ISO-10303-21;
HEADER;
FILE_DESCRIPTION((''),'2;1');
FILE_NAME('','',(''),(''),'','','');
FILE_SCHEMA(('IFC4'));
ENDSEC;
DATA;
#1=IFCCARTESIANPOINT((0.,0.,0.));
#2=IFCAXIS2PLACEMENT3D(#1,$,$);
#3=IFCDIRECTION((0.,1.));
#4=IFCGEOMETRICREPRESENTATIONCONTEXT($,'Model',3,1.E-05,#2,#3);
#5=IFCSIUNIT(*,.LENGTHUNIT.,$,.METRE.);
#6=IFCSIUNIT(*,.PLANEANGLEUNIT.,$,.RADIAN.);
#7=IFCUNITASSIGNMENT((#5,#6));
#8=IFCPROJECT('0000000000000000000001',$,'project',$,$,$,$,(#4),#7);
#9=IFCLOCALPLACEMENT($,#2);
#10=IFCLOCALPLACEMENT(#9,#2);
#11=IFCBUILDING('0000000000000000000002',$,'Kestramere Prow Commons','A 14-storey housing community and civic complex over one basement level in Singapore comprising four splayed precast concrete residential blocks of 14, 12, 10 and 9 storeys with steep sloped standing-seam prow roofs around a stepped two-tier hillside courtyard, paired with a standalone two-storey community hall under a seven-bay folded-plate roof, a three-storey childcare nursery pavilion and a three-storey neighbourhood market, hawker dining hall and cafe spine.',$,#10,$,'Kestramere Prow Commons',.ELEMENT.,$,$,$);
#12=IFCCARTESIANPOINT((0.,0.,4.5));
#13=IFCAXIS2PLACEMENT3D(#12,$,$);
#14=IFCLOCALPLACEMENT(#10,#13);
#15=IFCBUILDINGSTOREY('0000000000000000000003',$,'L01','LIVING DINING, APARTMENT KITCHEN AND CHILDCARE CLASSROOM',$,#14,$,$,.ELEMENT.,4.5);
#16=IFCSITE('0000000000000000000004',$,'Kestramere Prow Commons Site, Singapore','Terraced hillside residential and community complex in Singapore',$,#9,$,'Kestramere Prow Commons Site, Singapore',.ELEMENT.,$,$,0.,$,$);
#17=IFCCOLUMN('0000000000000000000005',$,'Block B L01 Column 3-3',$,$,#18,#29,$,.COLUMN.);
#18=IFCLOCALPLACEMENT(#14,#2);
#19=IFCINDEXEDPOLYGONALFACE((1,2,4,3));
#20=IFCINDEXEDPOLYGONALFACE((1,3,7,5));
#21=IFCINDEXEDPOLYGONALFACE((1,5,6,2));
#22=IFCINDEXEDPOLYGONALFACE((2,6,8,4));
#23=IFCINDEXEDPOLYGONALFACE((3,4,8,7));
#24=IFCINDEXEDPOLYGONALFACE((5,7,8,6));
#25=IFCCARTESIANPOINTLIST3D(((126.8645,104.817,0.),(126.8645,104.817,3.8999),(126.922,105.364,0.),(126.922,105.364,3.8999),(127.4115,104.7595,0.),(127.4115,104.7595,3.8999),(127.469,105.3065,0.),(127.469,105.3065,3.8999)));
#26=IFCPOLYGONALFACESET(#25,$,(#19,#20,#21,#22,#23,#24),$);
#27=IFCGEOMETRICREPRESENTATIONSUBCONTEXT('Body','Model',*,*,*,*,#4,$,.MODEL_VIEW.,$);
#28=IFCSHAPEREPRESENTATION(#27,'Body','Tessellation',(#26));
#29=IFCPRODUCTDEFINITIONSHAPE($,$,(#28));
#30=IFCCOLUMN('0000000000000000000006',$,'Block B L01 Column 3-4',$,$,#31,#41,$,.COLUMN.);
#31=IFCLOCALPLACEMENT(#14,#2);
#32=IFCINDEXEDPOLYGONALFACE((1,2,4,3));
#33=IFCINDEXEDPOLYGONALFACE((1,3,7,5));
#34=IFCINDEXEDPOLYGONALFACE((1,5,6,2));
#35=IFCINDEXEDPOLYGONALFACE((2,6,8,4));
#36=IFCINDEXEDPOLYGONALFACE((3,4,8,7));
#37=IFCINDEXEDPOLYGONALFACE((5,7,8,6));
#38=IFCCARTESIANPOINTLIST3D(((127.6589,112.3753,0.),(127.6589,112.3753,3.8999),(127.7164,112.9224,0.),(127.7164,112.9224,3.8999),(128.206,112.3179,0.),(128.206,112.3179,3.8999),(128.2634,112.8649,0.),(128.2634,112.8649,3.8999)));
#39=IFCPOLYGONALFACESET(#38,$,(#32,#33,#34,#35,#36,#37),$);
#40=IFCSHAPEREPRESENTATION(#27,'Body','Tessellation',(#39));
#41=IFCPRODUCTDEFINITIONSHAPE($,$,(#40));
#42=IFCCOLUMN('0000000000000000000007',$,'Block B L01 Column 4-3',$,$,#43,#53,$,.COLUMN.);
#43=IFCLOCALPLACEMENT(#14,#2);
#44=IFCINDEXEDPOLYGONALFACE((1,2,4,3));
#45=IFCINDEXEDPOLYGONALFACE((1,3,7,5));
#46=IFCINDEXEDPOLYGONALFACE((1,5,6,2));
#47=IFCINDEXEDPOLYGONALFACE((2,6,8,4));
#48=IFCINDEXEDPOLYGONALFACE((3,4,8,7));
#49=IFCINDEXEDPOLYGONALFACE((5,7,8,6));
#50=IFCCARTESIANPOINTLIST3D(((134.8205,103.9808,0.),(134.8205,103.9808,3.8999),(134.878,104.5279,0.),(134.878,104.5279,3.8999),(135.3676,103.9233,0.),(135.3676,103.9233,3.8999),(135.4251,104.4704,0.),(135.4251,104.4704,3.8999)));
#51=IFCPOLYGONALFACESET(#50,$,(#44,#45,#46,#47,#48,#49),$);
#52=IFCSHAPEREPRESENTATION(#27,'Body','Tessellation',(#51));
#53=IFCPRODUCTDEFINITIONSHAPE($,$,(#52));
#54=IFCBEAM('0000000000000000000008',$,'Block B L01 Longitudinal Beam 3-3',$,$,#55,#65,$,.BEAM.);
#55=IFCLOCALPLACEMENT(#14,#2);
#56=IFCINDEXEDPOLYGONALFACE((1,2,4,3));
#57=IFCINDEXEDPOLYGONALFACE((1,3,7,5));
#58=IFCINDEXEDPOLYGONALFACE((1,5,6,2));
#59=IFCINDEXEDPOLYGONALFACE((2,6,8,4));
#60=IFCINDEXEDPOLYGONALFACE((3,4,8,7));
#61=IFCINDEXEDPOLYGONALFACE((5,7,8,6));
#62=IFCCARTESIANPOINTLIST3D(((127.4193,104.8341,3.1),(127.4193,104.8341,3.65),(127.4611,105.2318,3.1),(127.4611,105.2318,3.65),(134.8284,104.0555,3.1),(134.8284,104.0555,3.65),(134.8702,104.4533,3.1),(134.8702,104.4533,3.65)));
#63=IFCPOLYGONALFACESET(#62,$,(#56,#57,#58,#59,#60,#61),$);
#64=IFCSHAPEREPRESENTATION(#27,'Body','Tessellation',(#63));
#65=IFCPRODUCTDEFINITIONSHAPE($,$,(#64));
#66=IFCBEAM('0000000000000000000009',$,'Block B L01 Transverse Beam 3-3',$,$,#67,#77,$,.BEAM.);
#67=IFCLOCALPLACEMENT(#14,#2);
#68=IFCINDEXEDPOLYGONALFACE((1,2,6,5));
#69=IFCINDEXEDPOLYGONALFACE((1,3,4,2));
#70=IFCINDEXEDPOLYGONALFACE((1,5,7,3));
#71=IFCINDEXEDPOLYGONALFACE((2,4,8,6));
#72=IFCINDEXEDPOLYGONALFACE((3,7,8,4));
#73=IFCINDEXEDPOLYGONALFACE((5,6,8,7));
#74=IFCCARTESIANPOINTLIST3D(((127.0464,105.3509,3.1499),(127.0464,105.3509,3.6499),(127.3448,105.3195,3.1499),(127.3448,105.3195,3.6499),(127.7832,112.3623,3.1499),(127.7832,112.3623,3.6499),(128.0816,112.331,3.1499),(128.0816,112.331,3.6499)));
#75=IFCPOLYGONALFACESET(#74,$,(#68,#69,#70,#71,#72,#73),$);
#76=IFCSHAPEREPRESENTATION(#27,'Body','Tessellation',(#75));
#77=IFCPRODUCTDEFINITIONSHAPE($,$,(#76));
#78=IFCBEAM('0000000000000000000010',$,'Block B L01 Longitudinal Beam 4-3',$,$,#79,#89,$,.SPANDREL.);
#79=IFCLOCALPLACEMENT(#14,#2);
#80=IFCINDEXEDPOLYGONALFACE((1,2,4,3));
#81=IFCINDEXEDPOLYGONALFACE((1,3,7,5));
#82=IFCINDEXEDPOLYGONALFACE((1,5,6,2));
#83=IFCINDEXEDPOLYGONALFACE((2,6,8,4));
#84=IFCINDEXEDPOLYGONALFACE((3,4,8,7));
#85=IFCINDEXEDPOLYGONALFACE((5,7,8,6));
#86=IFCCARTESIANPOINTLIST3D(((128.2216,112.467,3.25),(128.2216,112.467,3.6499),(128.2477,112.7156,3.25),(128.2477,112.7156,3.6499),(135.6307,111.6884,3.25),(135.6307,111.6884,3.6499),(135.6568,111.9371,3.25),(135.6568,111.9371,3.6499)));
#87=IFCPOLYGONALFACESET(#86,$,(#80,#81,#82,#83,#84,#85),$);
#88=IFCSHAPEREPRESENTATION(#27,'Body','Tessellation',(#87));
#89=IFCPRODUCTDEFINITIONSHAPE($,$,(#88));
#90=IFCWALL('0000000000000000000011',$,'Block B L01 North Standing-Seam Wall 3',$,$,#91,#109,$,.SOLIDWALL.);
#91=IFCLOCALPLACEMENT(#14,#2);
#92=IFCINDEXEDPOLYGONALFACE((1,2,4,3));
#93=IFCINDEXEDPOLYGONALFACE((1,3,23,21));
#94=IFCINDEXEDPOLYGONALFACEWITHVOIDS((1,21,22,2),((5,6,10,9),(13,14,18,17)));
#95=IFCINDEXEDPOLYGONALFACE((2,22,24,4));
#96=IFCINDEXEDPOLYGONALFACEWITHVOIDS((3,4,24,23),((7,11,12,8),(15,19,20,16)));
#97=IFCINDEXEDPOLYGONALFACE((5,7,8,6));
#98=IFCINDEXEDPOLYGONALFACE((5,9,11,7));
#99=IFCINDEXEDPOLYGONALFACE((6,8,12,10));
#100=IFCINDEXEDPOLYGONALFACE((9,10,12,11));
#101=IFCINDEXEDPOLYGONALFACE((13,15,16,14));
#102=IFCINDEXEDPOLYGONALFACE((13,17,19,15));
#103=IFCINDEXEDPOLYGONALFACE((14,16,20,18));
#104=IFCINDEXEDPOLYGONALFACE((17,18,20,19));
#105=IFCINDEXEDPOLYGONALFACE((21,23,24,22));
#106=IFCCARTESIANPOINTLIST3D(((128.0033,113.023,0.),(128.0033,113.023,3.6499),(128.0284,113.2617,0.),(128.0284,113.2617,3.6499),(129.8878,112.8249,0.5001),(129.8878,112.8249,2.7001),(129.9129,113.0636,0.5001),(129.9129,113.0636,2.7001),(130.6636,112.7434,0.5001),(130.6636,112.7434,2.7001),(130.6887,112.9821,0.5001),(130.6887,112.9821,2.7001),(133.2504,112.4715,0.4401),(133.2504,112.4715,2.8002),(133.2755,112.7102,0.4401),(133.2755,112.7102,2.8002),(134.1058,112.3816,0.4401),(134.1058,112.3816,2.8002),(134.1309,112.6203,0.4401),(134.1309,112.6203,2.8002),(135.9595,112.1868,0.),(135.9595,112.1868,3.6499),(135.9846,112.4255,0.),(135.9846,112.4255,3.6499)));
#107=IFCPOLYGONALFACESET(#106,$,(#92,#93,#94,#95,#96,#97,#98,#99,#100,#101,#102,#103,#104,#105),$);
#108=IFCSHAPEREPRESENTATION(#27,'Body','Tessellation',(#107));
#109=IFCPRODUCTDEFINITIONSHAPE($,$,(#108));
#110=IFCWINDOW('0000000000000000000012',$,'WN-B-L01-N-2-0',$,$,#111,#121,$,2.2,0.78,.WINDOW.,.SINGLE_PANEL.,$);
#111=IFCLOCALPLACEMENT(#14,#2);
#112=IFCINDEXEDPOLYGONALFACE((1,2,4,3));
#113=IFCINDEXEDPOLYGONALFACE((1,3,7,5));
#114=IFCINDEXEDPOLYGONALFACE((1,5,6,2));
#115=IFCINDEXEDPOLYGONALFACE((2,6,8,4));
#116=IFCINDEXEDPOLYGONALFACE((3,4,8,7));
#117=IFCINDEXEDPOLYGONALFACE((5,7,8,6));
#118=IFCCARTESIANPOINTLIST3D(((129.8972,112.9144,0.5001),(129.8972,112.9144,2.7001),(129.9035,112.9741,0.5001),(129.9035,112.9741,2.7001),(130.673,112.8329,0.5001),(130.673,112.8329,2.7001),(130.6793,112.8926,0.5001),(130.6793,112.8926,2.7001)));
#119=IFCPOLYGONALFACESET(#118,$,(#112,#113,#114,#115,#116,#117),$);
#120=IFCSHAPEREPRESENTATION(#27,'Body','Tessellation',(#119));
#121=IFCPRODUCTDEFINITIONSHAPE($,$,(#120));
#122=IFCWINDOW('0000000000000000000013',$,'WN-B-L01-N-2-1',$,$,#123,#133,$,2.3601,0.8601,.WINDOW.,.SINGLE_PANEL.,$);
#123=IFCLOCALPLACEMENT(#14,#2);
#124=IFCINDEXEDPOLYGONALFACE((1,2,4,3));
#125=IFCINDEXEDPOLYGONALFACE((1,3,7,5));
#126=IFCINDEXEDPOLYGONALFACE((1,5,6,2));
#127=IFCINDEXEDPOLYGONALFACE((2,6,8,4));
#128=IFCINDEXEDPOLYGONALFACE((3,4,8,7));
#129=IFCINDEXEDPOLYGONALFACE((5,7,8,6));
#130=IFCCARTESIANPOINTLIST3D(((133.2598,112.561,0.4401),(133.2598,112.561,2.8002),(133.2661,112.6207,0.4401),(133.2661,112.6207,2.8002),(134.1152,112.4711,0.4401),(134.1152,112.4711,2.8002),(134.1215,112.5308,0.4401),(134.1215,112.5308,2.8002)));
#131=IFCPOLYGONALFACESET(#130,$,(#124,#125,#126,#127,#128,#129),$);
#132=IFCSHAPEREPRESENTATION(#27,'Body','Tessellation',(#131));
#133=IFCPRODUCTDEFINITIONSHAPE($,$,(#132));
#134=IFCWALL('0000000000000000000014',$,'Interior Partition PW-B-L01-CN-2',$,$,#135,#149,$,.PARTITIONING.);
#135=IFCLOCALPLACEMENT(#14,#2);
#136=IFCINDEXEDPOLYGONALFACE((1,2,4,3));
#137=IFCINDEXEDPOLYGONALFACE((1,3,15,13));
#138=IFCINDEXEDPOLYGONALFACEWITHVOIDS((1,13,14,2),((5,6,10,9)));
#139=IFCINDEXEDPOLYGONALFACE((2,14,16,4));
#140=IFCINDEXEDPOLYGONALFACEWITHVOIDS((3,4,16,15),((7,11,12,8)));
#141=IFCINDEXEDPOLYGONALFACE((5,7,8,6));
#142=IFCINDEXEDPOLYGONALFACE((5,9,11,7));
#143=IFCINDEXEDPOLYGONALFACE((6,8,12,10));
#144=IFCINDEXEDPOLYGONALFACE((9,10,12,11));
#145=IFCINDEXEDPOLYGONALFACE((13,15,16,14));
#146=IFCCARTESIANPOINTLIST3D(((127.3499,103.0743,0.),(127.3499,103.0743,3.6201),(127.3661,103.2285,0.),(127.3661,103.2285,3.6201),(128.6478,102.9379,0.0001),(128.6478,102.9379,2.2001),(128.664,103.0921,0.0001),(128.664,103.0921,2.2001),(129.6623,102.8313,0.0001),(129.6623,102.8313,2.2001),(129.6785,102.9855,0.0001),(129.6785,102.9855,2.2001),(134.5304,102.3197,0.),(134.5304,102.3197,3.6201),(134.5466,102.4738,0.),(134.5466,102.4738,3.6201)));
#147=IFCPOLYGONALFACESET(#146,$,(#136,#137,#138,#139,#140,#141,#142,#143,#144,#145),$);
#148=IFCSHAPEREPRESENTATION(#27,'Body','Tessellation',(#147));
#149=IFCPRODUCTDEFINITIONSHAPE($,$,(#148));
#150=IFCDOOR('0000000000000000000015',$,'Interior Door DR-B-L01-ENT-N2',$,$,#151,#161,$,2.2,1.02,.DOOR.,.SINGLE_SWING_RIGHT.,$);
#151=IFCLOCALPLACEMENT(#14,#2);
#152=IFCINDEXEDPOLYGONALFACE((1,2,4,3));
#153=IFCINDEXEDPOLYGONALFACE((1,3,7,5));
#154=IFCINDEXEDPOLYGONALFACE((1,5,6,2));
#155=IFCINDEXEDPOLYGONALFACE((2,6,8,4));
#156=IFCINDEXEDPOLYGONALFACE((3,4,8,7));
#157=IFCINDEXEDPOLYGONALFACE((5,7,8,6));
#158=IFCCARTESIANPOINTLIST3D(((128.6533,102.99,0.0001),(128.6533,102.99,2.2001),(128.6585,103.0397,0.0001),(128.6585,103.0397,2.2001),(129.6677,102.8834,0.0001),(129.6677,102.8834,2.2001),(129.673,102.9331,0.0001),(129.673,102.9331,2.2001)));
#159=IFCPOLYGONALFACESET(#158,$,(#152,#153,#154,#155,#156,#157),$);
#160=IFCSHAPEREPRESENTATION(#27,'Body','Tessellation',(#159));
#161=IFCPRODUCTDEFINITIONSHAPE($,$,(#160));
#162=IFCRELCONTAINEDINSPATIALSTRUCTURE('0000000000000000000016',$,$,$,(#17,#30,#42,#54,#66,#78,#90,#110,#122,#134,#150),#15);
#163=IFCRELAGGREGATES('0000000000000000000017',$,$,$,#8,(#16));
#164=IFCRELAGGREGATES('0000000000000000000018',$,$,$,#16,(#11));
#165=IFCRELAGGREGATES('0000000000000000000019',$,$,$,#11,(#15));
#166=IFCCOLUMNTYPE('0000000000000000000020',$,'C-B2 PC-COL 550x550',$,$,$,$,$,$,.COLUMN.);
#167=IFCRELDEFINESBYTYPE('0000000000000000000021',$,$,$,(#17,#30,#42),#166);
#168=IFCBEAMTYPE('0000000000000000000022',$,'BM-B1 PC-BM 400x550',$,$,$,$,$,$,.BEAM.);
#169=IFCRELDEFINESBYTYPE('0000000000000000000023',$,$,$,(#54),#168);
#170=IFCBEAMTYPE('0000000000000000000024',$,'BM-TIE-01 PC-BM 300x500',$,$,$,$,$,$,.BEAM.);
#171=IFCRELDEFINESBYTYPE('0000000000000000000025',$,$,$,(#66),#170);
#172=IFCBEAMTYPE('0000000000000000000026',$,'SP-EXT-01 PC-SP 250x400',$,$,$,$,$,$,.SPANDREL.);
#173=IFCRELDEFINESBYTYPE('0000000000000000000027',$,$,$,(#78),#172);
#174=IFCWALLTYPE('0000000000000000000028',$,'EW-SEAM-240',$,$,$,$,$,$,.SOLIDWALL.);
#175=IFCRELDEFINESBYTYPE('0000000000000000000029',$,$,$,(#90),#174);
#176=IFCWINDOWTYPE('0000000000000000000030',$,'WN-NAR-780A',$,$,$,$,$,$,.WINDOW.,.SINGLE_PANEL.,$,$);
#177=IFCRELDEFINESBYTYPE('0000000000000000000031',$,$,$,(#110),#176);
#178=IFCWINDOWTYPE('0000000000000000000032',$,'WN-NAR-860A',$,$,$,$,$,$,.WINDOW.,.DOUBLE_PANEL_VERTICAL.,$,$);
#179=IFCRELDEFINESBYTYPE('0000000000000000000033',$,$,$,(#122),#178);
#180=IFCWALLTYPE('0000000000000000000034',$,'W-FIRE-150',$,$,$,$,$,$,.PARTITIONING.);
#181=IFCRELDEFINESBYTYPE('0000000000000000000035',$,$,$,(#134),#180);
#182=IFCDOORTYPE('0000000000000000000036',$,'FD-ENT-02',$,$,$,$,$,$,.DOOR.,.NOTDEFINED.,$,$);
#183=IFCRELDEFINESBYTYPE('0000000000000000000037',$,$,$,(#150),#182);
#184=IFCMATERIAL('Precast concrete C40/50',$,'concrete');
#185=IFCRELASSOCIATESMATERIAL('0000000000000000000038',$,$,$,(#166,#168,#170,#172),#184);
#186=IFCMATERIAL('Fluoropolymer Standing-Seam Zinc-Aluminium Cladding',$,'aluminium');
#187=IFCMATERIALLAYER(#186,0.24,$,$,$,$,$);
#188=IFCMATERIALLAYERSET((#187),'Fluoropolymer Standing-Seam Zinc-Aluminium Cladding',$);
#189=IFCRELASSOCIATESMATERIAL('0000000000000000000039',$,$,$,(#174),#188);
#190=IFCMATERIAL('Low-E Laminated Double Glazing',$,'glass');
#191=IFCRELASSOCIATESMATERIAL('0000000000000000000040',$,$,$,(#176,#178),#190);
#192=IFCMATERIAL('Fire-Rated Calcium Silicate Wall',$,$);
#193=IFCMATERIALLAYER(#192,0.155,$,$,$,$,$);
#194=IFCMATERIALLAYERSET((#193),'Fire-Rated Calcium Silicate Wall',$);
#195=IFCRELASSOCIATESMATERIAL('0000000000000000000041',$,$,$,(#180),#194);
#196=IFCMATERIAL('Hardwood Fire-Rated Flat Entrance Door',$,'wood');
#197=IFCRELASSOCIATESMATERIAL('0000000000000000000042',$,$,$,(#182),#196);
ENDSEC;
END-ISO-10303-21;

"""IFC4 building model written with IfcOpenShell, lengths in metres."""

from ifc_helpers import new_model, si_unit, direction, frame, frame_2d, origin, origin_2d, place, context, subcontext, project, spatial, rectangle, extrude, material, layer, layer_set, material_profile, profile_set, type_object, element, fill, save


model = new_model("IFC4")

# Units and contexts
model_context = context("Model", 3, precision=1e-05, world=origin(), true_north=direction((0.0, 1.0)))
body_context = subcontext(model_context, "Body", "Model", "MODEL_VIEW")
ifc_project = project(units=[si_unit("LENGTHUNIT", "METRE"), si_unit("PLANEANGLEUNIT", "RADIAN")], contexts=[model_context])

# Site, building, storey
site_placement = place(None, origin())
site = spatial("IfcSite", under=ifc_project, at=site_placement, Name="Kestramere Prow Commons Site, Singapore", Description="Terraced hillside residential and community complex in Singapore", LongName="Kestramere Prow Commons Site, Singapore", CompositionType="ELEMENT", RefElevation=0.0)
building_placement = place(site_placement, origin())
building = spatial("IfcBuilding", under=site, at=building_placement, Name="Kestramere Prow Commons", Description="A 14-storey housing community and civic complex over one basement level in Singapore comprising four splayed precast concrete residential blocks of 14, 12, 10 and 9 storeys with steep sloped standing-seam prow roofs around a stepped two-tier hillside courtyard, paired with a standalone two-storey community hall under a seven-bay folded-plate roof, a three-storey childcare nursery pavilion and a three-storey neighbourhood market, hawker dining hall and cafe spine.", LongName="Kestramere Prow Commons", CompositionType="ELEMENT")
storey_placement = place(building_placement, frame((0.0, 0.0, 4.5)))
storey = spatial("IfcBuildingStorey", under=building, at=storey_placement, Name="L01", Description="LIVING DINING, APARTMENT KITCHEN AND CHILDCARE CLASSROOM", CompositionType="ELEMENT", Elevation=4.5)

# Columns
ifc_material_1 = material(Name="Precast concrete C40/50", Category="concrete")
ifc_material_profile_1 = material_profile(ifc_material_1, rectangle(XDim=0.55, YDim=0.55, at=origin_2d()), Name="PC-COL 550x550")
ifc_profile_set_1 = profile_set([ifc_material_profile_1], Name="Precast concrete C40/50")
column_type = type_object("IfcColumnType", Name="C-B2 PC-COL 550x550", PredefinedType="COLUMN", material=ifc_profile_set_1)
for number, where, z_axis, x_axis, name in (
    (1, (127.1667, 105.0618, 0.0), (0.0, 0.0, 1.0), (0.994522, -0.104528, 0.0), "Block B L01 Column 3-3"),
    (2, (127.9612, 112.6201, 0.0), (0.0, 0.0, 1.0), (0.994522, -0.104528, 0.0), "Block B L01 Column 3-4"),
    (3, (135.1228, 104.2256, 0.0), (0.0, 0.0, 1.0), (0.994522, -0.104528, 0.0), "Block B L01 Column 4-3"),
):
    element("IfcColumn", number, at=place(storey_placement, frame(where, z_axis=z_axis, x_axis=x_axis)), inside=storey, type_object=column_type, Name=name, PredefinedType="COLUMN", context=body_context, shape_type="SweptSolid", body=[
        extrude(rectangle(XDim=0.55, YDim=0.55, at=origin_2d()), origin(), (0.0, 0.0, 1.0), 3.8999),
    ])

# Beams
ifc_material_profile_2 = material_profile(ifc_material_1, rectangle(XDim=0.3999, YDim=0.55, at=origin_2d()), Name="PC-BM 400x550")
ifc_profile_set_2 = profile_set([ifc_material_profile_2], Name="Precast concrete C40/50")
beam_type_1 = type_object("IfcBeamType", Name="BM-B1 PC-BM 400x550", PredefinedType="BEAM", material=ifc_profile_set_2)
beam_1_placement = place(storey_placement, frame((127.4402, 105.033, 3.375), z_axis=(0.994524, -0.104506, 0.0), x_axis=(0.104506, 0.994524, 0.0)))
element("IfcBeam", 4, at=beam_1_placement, inside=storey, type_object=beam_type_1, Name="Block B L01 Longitudinal Beam 3-3", PredefinedType="BEAM", context=body_context, shape_type="SweptSolid", body=[
    extrude(rectangle(XDim=0.3999, YDim=0.55, at=origin_2d()), origin(), (0.0, 0.0, 1.0), 7.45),
])
ifc_material_profile_3 = material_profile(ifc_material_1, rectangle(XDim=0.3, YDim=0.5, at=origin_2d()), Name="PC-BM 300x500")
ifc_profile_set_3 = profile_set([ifc_material_profile_3], Name="Precast concrete C40/50")
beam_type_2 = type_object("IfcBeamType", Name="BM-TIE-01 PC-BM 300x500", PredefinedType="BEAM", material=ifc_profile_set_3)
beam_2_placement = place(storey_placement, frame((127.1956, 105.3352, 3.3999), z_axis=(0.104512, 0.994524, 0.0), x_axis=(-0.994524, 0.104512, 0.0)))
element("IfcBeam", 5, at=beam_2_placement, inside=storey, type_object=beam_type_2, Name="Block B L01 Transverse Beam 3-3", PredefinedType="BEAM", context=body_context, shape_type="SweptSolid", body=[
    extrude(rectangle(XDim=0.3, YDim=0.5, at=origin_2d()), origin(), (0.0, 0.0, 1.0), 7.05),
])
ifc_material_profile_4 = material_profile(ifc_material_1, rectangle(XDim=0.25, YDim=0.3999, at=origin_2d()), Name="PC-SP 250x400")
ifc_profile_set_4 = profile_set([ifc_material_profile_4], Name="Precast concrete C40/50")
beam_type_3 = type_object("IfcBeamType", Name="SP-EXT-01 PC-SP 250x400", PredefinedType="SPANDREL", material=ifc_profile_set_4)
beam_3_placement = place(storey_placement, frame((128.2346, 112.5913, 3.45), z_axis=(0.994524, -0.104506, 0.0), x_axis=(0.104506, 0.994524, 0.0)))
element("IfcBeam", 6, at=beam_3_placement, inside=storey, type_object=beam_type_3, Name="Block B L01 Longitudinal Beam 4-3", PredefinedType="SPANDREL", context=body_context, shape_type="SweptSolid", body=[
    extrude(rectangle(XDim=0.25, YDim=0.3999, at=origin_2d()), origin(), (0.0, 0.0, 1.0), 7.45),
])

# Wall, openings, windows
ifc_material_2 = material(Name="Fluoropolymer Standing-Seam Zinc-Aluminium Cladding", Category="aluminium")
ifc_layer_1 = layer(ifc_material_2, 0.24)
ifc_layer_set_1 = layer_set([ifc_layer_1], Name="Fluoropolymer Standing-Seam Zinc-Aluminium Cladding")
wall_type_1 = type_object("IfcWallType", Name="EW-SEAM-240", PredefinedType="SOLIDWALL", material=ifc_layer_set_1)
wall_1_placement = place(storey_placement, frame((128.0159, 113.1423, 0.0), z_axis=(0.0, 0.0, 1.0), x_axis=(0.994523, -0.104521, 0.0)))
wall_1 = element("IfcWall", 7, at=wall_1_placement, inside=storey, type_object=wall_type_1, Name="Block B L01 North Standing-Seam Wall 3", PredefinedType="SOLIDWALL", context=body_context, shape_type="SweptSolid", body=[
    extrude(rectangle(XDim=8.0, YDim=0.24, at=frame_2d((4.0, 0.0))), origin(), (0.0, 0.0, 1.0), 3.6499),
])
opening_1_placement = place(wall_1_placement, frame((1.8948, 0.0, 0.5)))
opening_1 = element("IfcOpeningElement", 8, at=opening_1_placement, cuts=wall_1, PredefinedType="OPENING", context=body_context, shape_type="SweptSolid", body=[
    extrude(rectangle(XDim=0.78, YDim=2.2, at=frame_2d((0.3901, 1.1001))), frame((0.0, 0.135, 0.0), z_axis=(0.0, -1.0, 0.0), x_axis=(1.0, 0.0, 0.0)), (0.0, 0.0, 1.0), 0.27),
])
opening_2_placement = place(wall_1_placement, frame((5.2759, 0.0, 0.4399)))
opening_2 = element("IfcOpeningElement", 9, at=opening_2_placement, cuts=wall_1, PredefinedType="OPENING", context=body_context, shape_type="SweptSolid", body=[
    extrude(rectangle(XDim=0.8601, YDim=2.3601, at=frame_2d((0.4302, 1.1802))), frame((0.0, 0.135, 0.0), z_axis=(0.0, -1.0, 0.0), x_axis=(1.0, 0.0, 0.0)), (0.0, 0.0, 1.0), 0.27),
])
ifc_material_3 = material(Name="Low-E Laminated Double Glazing", Category="glass")
window_type_1 = type_object("IfcWindowType", Name="WN-NAR-780A", PartitioningType="SINGLE_PANEL", PredefinedType="WINDOW", material=ifc_material_3)
window_1_placement = place(opening_1_placement, origin())
window_1 = element("IfcWindow", 10, at=window_1_placement, inside=storey, type_object=window_type_1, Name="WN-B-L01-N-2-0", OverallHeight=2.2, OverallWidth=0.78, PartitioningType="SINGLE_PANEL", PredefinedType="WINDOW", context=body_context, shape_type="SweptSolid", body=[
    extrude(rectangle(XDim=0.78, YDim=2.2, at=frame_2d((0.3901, 1.1001))), frame((0.0, 0.03, 0.0), z_axis=(0.0, -1.0, 0.0), x_axis=(1.0, 0.0, 0.0)), (0.0, 0.0, 1.0), 0.0601),
])
fill(opening_1, window_1)
window_type_2 = type_object("IfcWindowType", Name="WN-NAR-860A", PartitioningType="DOUBLE_PANEL_VERTICAL", PredefinedType="WINDOW", material=ifc_material_3)
window_2_placement = place(opening_2_placement, origin())
window_2 = element("IfcWindow", 11, at=window_2_placement, inside=storey, type_object=window_type_2, Name="WN-B-L01-N-2-1", OverallHeight=2.3601, OverallWidth=0.8601, PartitioningType="SINGLE_PANEL", PredefinedType="WINDOW", context=body_context, shape_type="SweptSolid", body=[
    extrude(rectangle(XDim=0.8601, YDim=2.3601, at=frame_2d((0.4302, 1.1802))), frame((0.0, 0.03, 0.0), z_axis=(0.0, -1.0, 0.0), x_axis=(1.0, 0.0, 0.0)), (0.0, 0.0, 1.0), 0.0601),
])
fill(opening_2, window_2)

# Wall, opening, door
ifc_material_4 = material(Name="Fire-Rated Calcium Silicate Wall")
ifc_layer_2 = layer(ifc_material_4, 0.155)
ifc_layer_set_2 = layer_set([ifc_layer_2], Name="Fire-Rated Calcium Silicate Wall")
wall_type_2 = type_object("IfcWallType", Name="W-FIRE-150", PredefinedType="PARTITIONING", material=ifc_layer_set_2)
wall_2_placement = place(storey_placement, frame((127.3582, 103.1514, 0.0), z_axis=(0.0, 0.0, 1.0), x_axis=(0.994523, -0.104521, 0.0)))
wall_2 = element("IfcWall", 12, at=wall_2_placement, inside=storey, type_object=wall_type_2, Name="Interior Partition PW-B-L01-CN-2", PredefinedType="PARTITIONING", context=body_context, shape_type="SweptSolid", body=[
    extrude(rectangle(XDim=7.22, YDim=0.155, at=frame_2d((3.6099, 0.0))), origin(), (0.0, 0.0, 1.0), 3.6201),
])
opening_3_placement = place(wall_2_placement, frame((1.3049, 0.0, 0.0)))
opening_3 = element("IfcOpeningElement", 13, at=opening_3_placement, cuts=wall_2, PredefinedType="OPENING", context=body_context, shape_type="SweptSolid", body=[
    extrude(rectangle(XDim=1.02, YDim=2.2, at=frame_2d((0.51, 1.1001))), frame((0.0, 0.0925, 0.0), z_axis=(0.0, -1.0, 0.0), x_axis=(1.0, 0.0, 0.0)), (0.0, 0.0, 1.0), 0.1851),
])
ifc_material_5 = material(Name="Hardwood Fire-Rated Flat Entrance Door", Category="wood")
door_type_1 = type_object("IfcDoorType", Name="FD-ENT-02", OperationType="NOTDEFINED", PredefinedType="DOOR", material=ifc_material_5)
door_1_placement = place(opening_3_placement, origin())
door_1 = element("IfcDoor", 14, at=door_1_placement, inside=storey, type_object=door_type_1, Name="Interior Door DR-B-L01-ENT-N2", OperationType="SINGLE_SWING_RIGHT", OverallHeight=2.2, OverallWidth=1.02, PredefinedType="DOOR", context=body_context, shape_type="SweptSolid", body=[
    extrude(rectangle(XDim=1.02, YDim=2.2, at=frame_2d((0.51, 1.1001))), frame((0.0, 0.0249, 0.0), z_axis=(0.0, -1.0, 0.0), x_axis=(1.0, 0.0, 0.0)), (0.0, 0.0, 1.0), 0.05),
])
fill(opening_3, door_1)

save(model, "model.ifc")
